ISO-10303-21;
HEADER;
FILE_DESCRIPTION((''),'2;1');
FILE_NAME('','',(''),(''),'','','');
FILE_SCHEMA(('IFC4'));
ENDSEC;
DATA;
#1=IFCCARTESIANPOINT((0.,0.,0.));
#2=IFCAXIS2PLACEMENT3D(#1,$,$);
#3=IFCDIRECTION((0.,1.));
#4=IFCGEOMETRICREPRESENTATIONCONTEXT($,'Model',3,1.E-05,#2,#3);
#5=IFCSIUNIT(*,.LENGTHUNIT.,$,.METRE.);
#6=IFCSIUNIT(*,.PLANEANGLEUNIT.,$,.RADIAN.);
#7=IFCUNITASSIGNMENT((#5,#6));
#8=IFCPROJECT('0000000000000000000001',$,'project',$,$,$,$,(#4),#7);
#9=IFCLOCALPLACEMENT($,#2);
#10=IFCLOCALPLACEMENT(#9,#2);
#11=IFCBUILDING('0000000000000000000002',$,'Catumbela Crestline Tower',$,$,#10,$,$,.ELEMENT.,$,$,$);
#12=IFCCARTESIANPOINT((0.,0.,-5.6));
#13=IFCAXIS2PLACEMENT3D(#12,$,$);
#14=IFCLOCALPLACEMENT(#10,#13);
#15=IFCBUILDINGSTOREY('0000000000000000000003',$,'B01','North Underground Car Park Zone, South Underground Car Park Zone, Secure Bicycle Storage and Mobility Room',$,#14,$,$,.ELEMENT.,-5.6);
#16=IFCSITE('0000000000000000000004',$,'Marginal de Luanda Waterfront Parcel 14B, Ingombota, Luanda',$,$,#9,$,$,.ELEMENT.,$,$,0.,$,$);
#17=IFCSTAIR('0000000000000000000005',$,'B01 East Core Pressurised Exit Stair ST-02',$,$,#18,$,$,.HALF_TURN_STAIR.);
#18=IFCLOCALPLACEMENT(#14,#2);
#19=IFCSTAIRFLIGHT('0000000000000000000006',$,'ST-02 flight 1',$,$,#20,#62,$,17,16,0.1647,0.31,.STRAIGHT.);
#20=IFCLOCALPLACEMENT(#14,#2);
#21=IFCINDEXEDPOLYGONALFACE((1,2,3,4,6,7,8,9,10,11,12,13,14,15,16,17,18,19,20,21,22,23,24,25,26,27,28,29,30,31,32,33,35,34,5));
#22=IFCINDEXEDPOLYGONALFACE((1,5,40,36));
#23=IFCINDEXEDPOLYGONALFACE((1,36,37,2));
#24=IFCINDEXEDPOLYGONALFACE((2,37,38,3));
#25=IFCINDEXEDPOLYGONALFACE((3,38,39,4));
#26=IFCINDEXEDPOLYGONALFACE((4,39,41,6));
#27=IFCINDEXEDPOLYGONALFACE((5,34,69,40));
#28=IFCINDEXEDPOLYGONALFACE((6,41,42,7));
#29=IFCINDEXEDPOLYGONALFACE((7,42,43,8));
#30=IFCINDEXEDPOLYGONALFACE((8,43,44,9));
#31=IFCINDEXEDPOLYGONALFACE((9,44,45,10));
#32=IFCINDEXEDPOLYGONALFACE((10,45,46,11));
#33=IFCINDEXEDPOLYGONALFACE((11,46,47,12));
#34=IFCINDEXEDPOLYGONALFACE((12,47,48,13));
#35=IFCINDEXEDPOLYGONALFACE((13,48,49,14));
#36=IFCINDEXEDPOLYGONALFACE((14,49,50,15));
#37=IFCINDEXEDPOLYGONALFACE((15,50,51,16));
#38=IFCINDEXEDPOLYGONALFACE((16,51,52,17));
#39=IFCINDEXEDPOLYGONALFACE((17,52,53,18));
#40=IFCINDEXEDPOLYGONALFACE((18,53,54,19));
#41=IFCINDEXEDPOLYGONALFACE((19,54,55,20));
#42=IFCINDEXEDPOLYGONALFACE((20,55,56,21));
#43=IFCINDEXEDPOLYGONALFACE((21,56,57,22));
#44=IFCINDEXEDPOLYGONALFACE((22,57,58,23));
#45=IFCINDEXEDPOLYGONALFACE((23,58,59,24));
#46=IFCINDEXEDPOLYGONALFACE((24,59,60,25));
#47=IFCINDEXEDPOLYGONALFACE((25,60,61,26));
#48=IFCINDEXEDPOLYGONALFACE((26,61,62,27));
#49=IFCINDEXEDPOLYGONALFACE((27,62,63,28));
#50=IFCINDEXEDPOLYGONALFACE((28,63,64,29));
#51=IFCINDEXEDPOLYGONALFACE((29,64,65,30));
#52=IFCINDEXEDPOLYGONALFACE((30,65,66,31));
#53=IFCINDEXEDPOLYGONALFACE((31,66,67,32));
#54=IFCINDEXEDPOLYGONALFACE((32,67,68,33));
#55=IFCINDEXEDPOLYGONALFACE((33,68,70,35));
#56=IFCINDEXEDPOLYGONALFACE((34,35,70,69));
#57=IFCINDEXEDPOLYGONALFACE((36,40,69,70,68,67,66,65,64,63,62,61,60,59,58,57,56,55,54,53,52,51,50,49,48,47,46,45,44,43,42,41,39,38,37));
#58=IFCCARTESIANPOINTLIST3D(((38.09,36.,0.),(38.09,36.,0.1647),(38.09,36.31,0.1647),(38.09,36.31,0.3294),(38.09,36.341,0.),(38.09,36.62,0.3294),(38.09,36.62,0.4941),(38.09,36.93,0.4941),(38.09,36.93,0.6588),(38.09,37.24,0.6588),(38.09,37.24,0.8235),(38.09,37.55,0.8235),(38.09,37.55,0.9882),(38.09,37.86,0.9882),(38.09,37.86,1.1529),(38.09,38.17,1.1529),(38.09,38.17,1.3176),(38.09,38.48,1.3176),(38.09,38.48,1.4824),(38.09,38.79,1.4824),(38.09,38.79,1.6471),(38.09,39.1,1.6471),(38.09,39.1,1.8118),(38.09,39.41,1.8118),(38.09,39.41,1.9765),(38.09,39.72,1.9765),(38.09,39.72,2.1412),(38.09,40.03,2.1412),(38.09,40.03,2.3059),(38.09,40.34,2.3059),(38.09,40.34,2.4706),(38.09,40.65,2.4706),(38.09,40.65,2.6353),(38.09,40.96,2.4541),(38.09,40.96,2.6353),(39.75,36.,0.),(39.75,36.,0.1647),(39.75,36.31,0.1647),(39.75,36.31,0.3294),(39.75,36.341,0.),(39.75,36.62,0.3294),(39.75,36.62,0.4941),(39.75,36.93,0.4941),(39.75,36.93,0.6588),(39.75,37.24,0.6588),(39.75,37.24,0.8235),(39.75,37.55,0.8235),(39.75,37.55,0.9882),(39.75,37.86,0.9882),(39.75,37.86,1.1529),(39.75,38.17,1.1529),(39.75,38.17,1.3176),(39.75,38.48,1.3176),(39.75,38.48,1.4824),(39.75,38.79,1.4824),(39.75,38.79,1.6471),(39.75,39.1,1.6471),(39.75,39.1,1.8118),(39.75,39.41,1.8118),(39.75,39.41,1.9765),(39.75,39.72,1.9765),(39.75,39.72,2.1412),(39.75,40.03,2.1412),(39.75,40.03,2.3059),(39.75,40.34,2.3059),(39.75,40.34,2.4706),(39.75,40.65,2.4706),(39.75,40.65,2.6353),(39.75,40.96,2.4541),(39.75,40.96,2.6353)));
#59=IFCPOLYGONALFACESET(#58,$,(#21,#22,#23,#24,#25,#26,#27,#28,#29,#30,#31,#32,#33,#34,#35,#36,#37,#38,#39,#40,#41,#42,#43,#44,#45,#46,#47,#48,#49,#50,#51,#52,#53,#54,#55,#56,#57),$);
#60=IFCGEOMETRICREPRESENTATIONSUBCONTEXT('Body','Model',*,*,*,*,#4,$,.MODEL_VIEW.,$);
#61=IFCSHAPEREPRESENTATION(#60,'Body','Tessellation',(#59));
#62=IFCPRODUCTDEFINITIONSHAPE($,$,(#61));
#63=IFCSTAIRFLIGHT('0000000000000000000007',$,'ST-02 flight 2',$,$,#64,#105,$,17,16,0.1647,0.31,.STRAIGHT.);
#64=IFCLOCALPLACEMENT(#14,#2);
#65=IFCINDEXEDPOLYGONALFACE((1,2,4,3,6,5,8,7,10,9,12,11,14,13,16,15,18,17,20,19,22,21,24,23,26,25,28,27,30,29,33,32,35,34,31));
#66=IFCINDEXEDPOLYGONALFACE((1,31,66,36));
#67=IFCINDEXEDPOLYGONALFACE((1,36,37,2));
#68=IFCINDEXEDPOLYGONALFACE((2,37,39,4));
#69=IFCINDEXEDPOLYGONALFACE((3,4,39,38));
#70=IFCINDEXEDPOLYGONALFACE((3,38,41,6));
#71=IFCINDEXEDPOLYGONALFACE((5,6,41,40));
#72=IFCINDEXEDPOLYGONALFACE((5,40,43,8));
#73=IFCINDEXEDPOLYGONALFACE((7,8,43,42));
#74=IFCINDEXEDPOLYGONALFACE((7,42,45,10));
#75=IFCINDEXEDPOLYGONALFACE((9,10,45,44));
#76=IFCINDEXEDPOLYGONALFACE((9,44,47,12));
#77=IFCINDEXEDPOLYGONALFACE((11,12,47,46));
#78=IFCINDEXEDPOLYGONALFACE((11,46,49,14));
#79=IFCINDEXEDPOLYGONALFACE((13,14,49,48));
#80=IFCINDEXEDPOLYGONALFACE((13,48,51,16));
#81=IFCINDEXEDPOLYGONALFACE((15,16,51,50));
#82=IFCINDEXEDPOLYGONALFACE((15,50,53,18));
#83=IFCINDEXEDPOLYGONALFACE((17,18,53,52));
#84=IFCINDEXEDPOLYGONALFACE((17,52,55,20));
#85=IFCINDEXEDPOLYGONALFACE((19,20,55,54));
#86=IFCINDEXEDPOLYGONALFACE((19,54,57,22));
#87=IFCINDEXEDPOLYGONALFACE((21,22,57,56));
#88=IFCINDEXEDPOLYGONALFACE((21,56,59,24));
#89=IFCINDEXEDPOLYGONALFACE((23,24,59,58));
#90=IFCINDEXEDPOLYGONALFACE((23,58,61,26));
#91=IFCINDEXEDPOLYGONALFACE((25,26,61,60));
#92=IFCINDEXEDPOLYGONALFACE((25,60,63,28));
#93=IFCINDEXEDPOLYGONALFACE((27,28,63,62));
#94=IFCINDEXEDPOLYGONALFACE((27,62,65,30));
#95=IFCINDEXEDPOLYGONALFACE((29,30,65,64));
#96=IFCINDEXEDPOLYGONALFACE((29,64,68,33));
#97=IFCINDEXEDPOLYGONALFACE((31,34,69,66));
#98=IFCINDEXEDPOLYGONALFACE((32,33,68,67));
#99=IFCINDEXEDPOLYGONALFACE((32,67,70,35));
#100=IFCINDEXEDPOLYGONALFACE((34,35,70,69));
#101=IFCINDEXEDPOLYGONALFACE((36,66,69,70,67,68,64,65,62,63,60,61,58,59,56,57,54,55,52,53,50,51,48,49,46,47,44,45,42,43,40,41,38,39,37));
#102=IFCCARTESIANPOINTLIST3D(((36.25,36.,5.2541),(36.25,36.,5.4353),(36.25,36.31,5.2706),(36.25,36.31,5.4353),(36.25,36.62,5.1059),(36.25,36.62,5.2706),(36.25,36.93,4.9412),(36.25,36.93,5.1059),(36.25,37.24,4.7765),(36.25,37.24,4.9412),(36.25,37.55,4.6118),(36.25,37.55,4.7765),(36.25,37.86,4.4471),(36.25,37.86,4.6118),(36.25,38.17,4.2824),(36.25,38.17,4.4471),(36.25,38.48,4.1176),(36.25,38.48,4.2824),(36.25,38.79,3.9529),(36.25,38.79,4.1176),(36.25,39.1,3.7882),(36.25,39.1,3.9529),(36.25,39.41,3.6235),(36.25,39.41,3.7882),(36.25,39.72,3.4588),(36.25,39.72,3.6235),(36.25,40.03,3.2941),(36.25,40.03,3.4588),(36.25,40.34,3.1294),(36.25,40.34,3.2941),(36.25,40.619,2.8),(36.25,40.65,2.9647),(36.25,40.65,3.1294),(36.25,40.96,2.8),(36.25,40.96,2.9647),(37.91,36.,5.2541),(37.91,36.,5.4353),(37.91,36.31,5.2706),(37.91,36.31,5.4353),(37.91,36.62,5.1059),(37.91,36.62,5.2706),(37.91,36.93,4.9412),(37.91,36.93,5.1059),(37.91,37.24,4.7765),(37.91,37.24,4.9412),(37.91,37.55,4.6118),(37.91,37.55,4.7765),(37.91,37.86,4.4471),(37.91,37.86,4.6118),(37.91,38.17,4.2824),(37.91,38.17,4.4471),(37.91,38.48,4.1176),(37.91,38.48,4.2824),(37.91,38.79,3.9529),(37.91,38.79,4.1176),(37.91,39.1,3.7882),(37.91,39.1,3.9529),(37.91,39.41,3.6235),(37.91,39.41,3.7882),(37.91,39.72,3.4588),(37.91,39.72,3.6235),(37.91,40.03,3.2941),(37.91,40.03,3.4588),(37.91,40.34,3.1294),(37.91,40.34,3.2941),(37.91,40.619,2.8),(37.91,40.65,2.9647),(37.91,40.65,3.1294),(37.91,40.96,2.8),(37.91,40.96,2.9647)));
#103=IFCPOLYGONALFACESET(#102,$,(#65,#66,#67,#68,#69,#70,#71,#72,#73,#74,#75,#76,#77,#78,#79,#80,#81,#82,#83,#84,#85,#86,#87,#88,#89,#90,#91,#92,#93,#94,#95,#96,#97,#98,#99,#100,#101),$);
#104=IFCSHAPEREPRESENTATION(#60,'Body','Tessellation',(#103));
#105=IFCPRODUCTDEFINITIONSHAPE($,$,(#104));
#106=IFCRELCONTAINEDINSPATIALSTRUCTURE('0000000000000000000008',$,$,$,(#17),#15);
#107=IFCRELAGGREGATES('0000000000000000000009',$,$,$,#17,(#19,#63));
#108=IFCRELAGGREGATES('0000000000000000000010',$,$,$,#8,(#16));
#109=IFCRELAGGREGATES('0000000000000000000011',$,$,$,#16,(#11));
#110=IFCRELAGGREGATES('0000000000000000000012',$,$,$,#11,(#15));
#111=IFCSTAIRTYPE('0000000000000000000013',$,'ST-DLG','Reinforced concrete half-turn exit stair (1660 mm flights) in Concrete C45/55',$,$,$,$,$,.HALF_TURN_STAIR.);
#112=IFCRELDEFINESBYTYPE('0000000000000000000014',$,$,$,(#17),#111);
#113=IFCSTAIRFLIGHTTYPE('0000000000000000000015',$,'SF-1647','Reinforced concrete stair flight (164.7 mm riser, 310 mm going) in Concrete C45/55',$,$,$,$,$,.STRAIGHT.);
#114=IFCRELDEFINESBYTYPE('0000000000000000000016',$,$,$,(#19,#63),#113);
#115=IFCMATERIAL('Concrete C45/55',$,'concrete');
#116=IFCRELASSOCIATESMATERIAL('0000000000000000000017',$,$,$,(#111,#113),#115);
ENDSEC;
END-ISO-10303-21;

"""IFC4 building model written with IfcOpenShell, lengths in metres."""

from ifc_helpers import new_model, si_unit, direction, frame, origin, place, context, subcontext, project, spatial, polyline, outline, extrude, material, type_object, element, aggregate, save


model = new_model("IFC4")

# Units and contexts
model_context = context("Model", 3, precision=1e-05, world=origin(), true_north=direction((0.0, 1.0)))
body_context = subcontext(model_context, "Body", "Model", "MODEL_VIEW")
ifc_project = project(units=[si_unit("LENGTHUNIT", "METRE"), si_unit("PLANEANGLEUNIT", "RADIAN")], contexts=[model_context])

# Site, building, storey
site_placement = place(None, origin())
site = spatial("IfcSite", under=ifc_project, at=site_placement, Name="Marginal de Luanda Waterfront Parcel 14B, Ingombota, Luanda", CompositionType="ELEMENT", RefElevation=0.0)
building_placement = place(site_placement, origin())
building = spatial("IfcBuilding", under=site, at=building_placement, Name="Catumbela Crestline Tower", CompositionType="ELEMENT")
storey_placement = place(building_placement, frame((0.0, 0.0, -5.6)))
storey = spatial("IfcBuildingStorey", under=building, at=storey_placement, Name="B01", Description="North Underground Car Park Zone, South Underground Car Park Zone, Secure Bicycle Storage and Mobility Room", CompositionType="ELEMENT", Elevation=-5.6)

# Stair, stair flights
ifc_material_1 = material(Name="Concrete C45/55", Category="concrete")
stair_type = type_object("IfcStairType", Name="ST-DLG", Description="Reinforced concrete half-turn exit stair (1660 mm flights) in Concrete C45/55", PredefinedType="HALF_TURN_STAIR", material=ifc_material_1)
stair_placement = place(storey_placement, origin())
stair = element("IfcStair", 1, at=stair_placement, inside=storey, type_object=stair_type, Name="B01 East Core Pressurised Exit Stair ST-02", PredefinedType="HALF_TURN_STAIR")
stair_flight_type = type_object("IfcStairFlightType", Name="SF-1647", Description="Reinforced concrete stair flight (164.7 mm riser, 310 mm going) in Concrete C45/55", PredefinedType="STRAIGHT", material=ifc_material_1)
stair_flight_1_placement = place(storey_placement, frame((38.92, 36.0, 0.0), z_axis=(0.0, 0.0, 1.0), x_axis=(0.0, 1.0, 0.0)))
stair_flight_1 = element("IfcStairFlight", 2, at=stair_flight_1_placement, type_object=stair_flight_type, Name="ST-02 flight 1", NumberOfRisers=17, NumberOfTreads=16, PredefinedType="STRAIGHT", RiserHeight=0.1647, TreadLength=0.31, context=body_context, shape_type="SweptSolid", body=[
    extrude(outline(polyline([(0.0, 0.0), (0.0, 0.1647), (0.31, 0.1647), (0.31, 0.3294), (0.62, 0.3294), (0.62, 0.4941), (0.93, 0.4941), (0.93, 0.6588), (1.24, 0.6588), (1.24, 0.8235), (1.55, 0.8235), (1.55, 0.9882), (1.86, 0.9882), (1.86, 1.1529), (2.17, 1.1529), (2.17, 1.3176), (2.48, 1.3176), (2.48, 1.4824), (2.79, 1.4824), (2.79, 1.6471), (3.1, 1.6471), (3.1, 1.8118), (3.41, 1.8118), (3.41, 1.9765), (3.72, 1.9765), (3.72, 2.1412), (4.03, 2.1412), (4.03, 2.3059), (4.34, 2.3059), (4.34, 2.4706), (4.65, 2.4706), (4.65, 2.6353), (4.96, 2.6353), (4.96, 2.8), (4.96, 2.4541), (0.341, 0.0), (0.0, 0.0)])), frame((0.0, 0.83, 0.0), z_axis=(0.0, -1.0, 0.0), x_axis=(1.0, 0.0, 0.0)), (0.0, 0.0, 1.0), 1.66),
])
stair_flight_2_placement = place(storey_placement, frame((37.08, 40.96, 2.8), z_axis=(0.0, 0.0, 1.0), x_axis=(0.0, -1.0, 0.0)))
stair_flight_2 = element("IfcStairFlight", 3, at=stair_flight_2_placement, type_object=stair_flight_type, Name="ST-02 flight 2", NumberOfRisers=17, NumberOfTreads=16, PredefinedType="STRAIGHT", RiserHeight=0.1647, TreadLength=0.31, context=body_context, shape_type="SweptSolid", body=[
    extrude(outline(polyline([(0.0, 0.0), (0.0, 0.1647), (0.31, 0.1647), (0.31, 0.3294), (0.62, 0.3294), (0.62, 0.4941), (0.93, 0.4941), (0.93, 0.6588), (1.24, 0.6588), (1.24, 0.8235), (1.55, 0.8235), (1.55, 0.9882), (1.86, 0.9882), (1.86, 1.1529), (2.17, 1.1529), (2.17, 1.3176), (2.48, 1.3176), (2.48, 1.4824), (2.79, 1.4824), (2.79, 1.6471), (3.1, 1.6471), (3.1, 1.8118), (3.41, 1.8118), (3.41, 1.9765), (3.72, 1.9765), (3.72, 2.1412), (4.03, 2.1412), (4.03, 2.3059), (4.34, 2.3059), (4.34, 2.4706), (4.65, 2.4706), (4.65, 2.6353), (4.96, 2.6353), (4.96, 2.8), (4.96, 2.4541), (0.341, 0.0), (0.0, 0.0)])), frame((0.0, 0.83, 0.0), z_axis=(0.0, -1.0, 0.0), x_axis=(1.0, 0.0, 0.0)), (0.0, 0.0, 1.0), 1.66),
])
aggregate(stair, [stair_flight_1, stair_flight_2])

save(model, "model.ifc")
